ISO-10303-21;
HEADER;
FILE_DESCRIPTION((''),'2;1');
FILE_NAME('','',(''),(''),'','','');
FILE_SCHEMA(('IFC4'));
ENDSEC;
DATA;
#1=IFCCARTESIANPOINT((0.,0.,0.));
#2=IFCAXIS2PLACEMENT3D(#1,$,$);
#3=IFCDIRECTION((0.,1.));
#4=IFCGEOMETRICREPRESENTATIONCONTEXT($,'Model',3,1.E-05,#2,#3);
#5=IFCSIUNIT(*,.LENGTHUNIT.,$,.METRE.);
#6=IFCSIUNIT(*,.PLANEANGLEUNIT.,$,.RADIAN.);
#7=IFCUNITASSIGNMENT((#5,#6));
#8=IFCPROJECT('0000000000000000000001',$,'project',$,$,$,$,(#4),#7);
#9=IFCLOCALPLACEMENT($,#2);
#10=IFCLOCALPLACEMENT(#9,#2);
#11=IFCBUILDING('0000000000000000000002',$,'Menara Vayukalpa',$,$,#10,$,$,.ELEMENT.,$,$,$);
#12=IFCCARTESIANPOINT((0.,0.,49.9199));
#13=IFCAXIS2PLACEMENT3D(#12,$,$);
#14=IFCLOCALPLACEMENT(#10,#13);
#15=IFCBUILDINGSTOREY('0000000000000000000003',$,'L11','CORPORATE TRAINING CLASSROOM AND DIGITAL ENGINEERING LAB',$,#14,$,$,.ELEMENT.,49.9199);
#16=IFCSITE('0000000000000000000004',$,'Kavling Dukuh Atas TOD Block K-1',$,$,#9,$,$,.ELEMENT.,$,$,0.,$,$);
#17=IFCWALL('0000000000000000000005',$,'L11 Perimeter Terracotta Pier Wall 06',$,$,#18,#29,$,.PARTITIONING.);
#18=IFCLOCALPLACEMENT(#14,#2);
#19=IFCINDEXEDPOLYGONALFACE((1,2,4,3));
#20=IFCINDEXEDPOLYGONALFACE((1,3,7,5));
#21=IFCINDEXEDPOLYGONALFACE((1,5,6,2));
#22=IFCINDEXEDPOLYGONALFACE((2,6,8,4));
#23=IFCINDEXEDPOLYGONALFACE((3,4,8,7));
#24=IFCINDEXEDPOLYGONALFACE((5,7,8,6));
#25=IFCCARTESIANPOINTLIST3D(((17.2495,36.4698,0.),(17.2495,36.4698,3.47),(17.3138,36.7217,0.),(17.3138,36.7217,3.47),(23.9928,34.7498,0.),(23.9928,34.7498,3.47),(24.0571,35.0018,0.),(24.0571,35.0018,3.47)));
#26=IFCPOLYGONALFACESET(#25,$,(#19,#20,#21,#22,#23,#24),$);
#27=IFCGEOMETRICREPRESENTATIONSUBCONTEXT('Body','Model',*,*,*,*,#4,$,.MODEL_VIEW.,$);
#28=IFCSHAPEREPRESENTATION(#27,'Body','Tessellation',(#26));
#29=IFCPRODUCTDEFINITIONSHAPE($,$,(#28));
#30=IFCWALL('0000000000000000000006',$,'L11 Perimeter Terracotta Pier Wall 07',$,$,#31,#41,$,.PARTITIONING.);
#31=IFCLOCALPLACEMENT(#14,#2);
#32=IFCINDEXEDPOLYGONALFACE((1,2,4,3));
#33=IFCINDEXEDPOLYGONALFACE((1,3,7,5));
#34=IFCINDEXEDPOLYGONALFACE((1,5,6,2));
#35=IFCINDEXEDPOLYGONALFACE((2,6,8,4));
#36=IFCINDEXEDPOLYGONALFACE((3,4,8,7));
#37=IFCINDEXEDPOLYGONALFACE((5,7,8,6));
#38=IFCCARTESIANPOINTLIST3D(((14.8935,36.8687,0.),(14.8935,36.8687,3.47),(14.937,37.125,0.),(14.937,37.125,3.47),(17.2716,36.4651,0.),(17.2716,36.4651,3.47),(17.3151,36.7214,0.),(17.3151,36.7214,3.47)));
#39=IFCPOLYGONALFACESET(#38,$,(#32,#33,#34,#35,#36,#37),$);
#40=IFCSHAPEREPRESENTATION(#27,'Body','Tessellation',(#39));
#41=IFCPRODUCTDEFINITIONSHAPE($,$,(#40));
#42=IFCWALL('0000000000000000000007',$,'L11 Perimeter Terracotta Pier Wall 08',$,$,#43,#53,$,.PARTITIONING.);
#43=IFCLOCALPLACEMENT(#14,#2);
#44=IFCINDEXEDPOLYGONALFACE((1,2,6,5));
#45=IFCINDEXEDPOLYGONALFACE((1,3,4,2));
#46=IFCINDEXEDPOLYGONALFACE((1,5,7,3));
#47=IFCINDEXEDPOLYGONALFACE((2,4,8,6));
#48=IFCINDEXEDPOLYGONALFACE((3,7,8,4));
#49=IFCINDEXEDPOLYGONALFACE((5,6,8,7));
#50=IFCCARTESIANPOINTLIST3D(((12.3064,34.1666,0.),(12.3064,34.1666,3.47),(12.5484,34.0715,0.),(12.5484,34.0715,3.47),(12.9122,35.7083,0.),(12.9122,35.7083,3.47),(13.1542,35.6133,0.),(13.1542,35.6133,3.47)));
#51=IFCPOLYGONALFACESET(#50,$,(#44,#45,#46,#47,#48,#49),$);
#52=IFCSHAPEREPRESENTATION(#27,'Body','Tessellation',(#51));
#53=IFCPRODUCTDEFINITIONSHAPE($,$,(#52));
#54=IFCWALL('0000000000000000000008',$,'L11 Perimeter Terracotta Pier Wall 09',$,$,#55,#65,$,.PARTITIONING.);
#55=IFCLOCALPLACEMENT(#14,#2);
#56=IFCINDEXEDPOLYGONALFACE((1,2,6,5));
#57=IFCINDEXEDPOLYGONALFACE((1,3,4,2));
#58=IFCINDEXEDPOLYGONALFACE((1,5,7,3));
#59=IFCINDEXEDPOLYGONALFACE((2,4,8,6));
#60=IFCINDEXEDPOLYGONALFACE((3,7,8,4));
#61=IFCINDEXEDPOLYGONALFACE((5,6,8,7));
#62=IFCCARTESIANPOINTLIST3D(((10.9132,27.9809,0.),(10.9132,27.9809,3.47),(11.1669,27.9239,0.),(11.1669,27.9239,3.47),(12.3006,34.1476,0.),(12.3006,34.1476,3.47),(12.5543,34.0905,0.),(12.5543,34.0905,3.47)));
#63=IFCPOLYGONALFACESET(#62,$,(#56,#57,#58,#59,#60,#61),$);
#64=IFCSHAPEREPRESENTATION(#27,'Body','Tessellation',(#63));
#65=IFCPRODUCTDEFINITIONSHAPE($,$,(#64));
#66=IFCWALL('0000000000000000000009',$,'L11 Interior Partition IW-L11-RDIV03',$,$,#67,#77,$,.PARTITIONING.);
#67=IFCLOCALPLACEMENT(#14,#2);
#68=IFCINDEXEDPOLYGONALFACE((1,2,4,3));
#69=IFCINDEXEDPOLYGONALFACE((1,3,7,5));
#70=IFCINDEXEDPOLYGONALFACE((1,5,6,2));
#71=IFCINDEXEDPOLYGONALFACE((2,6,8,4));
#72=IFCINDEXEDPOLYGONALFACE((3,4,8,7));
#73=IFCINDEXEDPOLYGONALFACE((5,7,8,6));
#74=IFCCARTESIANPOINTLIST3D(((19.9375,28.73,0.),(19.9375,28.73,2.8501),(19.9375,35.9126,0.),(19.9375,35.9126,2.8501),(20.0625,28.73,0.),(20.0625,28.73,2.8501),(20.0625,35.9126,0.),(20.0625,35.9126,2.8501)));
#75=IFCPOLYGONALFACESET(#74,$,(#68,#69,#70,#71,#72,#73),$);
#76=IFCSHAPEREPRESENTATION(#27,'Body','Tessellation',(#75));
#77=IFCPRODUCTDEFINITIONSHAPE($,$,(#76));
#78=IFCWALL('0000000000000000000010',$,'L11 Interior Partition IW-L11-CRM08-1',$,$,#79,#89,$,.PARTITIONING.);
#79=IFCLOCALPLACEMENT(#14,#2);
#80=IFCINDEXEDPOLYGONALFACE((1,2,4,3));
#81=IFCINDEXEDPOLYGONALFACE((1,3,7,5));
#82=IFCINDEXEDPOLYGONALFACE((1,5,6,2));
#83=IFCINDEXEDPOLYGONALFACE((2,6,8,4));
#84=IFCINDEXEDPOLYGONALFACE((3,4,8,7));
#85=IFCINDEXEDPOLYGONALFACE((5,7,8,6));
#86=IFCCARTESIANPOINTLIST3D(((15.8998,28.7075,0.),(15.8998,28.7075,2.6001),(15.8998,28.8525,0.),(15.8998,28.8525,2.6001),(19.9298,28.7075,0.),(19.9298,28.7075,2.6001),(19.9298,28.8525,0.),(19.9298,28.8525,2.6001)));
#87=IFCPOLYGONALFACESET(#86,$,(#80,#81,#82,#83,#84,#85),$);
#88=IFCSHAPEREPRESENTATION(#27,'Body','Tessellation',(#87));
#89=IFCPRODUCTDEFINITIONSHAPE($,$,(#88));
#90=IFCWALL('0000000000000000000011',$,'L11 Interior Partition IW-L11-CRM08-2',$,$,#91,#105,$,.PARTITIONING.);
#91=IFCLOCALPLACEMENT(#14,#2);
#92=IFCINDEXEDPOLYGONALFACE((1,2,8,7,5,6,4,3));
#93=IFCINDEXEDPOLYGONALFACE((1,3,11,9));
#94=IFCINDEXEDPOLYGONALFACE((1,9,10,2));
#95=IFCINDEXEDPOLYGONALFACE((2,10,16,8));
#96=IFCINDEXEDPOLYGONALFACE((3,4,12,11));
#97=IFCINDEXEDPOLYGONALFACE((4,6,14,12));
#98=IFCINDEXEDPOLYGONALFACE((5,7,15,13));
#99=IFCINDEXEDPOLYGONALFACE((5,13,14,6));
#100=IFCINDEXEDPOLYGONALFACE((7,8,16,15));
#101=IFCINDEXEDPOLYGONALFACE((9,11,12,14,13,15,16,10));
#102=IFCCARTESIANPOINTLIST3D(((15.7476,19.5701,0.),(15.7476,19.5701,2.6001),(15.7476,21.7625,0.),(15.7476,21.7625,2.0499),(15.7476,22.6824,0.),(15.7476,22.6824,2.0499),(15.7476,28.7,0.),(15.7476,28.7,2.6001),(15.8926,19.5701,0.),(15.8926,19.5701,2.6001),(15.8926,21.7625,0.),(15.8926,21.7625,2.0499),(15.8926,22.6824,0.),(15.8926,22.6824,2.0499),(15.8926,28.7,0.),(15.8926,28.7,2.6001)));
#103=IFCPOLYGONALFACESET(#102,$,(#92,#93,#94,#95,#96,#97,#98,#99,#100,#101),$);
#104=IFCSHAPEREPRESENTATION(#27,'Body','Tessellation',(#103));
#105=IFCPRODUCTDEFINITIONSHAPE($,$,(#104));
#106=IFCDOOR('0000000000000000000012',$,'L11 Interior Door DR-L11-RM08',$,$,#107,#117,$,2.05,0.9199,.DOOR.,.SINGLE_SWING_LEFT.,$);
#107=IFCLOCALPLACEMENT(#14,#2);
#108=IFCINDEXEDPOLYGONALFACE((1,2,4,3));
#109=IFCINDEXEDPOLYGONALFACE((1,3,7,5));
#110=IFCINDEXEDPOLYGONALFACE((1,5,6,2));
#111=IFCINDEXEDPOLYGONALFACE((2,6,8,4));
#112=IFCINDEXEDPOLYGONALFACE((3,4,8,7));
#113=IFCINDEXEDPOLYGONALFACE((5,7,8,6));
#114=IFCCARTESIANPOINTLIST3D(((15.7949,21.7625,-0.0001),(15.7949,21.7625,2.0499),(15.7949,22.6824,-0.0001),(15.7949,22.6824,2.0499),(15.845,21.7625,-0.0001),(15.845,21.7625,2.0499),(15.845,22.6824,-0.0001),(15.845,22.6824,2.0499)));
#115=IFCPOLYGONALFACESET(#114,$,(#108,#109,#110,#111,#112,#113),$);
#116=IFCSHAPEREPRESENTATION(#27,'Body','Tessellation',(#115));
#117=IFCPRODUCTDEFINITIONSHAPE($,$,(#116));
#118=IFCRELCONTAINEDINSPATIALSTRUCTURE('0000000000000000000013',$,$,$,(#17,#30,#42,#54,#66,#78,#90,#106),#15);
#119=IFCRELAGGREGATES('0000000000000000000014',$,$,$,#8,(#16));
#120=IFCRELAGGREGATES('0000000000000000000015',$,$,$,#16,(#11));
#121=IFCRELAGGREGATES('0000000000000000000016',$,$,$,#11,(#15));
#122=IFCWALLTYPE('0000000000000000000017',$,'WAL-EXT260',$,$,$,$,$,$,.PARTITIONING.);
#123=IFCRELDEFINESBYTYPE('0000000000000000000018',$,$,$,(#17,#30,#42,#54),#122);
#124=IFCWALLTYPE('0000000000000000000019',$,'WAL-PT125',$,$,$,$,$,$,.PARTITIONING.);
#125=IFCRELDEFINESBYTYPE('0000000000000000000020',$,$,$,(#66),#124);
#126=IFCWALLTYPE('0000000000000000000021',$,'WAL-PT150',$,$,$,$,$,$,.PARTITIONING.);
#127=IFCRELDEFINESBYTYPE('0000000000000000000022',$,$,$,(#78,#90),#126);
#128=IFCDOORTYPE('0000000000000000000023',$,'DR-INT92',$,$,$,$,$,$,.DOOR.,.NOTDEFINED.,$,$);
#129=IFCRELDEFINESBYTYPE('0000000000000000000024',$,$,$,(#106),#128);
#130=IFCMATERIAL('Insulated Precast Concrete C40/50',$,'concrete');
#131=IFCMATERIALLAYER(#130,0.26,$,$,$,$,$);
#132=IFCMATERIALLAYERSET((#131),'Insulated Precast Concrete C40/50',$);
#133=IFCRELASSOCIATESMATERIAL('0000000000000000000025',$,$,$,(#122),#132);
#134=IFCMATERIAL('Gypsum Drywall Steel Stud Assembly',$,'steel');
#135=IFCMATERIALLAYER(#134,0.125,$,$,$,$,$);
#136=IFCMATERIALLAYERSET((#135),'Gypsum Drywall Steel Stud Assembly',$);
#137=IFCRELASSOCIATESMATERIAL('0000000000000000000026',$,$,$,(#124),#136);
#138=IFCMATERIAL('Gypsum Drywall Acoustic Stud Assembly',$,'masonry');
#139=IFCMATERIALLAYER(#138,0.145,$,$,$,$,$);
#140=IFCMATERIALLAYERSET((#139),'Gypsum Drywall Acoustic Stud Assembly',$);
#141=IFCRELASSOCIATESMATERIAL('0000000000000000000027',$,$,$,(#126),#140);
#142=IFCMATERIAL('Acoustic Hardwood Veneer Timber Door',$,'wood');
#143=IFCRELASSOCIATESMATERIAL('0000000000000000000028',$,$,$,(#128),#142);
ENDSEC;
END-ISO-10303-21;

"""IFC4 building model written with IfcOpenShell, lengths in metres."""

from ifc_helpers import new_model, si_unit, direction, frame, frame_2d, origin, place, context, subcontext, project, spatial, rectangle, extrude, material, layer, layer_set, type_object, element, fill, save


model = new_model("IFC4")

# Units and contexts
model_context = context("Model", 3, precision=1e-05, world=origin(), true_north=direction((0.0, 1.0)))
body_context = subcontext(model_context, "Body", "Model", "MODEL_VIEW")
ifc_project = project(units=[si_unit("LENGTHUNIT", "METRE"), si_unit("PLANEANGLEUNIT", "RADIAN")], contexts=[model_context])

# Site, building, storey
site_placement = place(None, origin())
site = spatial("IfcSite", under=ifc_project, at=site_placement, Name="Kavling Dukuh Atas TOD Block K-1", CompositionType="ELEMENT", RefElevation=0.0)
building_placement = place(site_placement, origin())
building = spatial("IfcBuilding", under=site, at=building_placement, Name="Menara Vayukalpa", CompositionType="ELEMENT")
storey_placement = place(building_placement, frame((0.0, 0.0, 49.9199)))
storey = spatial("IfcBuildingStorey", under=building, at=storey_placement, Name="L11", Description="CORPORATE TRAINING CLASSROOM AND DIGITAL ENGINEERING LAB", CompositionType="ELEMENT", Elevation=49.9199)

# Walls
ifc_material_1 = material(Name="Insulated Precast Concrete C40/50", Category="concrete")
ifc_layer_1 = layer(ifc_material_1, 0.26)
ifc_layer_set_1 = layer_set([ifc_layer_1], Name="Insulated Precast Concrete C40/50")
wall_type_1 = type_object("IfcWallType", Name="WAL-EXT260", PredefinedType="PARTITIONING", material=ifc_layer_set_1)
wall_1_placement = place(storey_placement, frame((17.2817, 36.5957, 0.0), z_axis=(0.0, 0.0, 1.0), x_axis=(0.968978, -0.247147, 0.0)))
element("IfcWall", 1, at=wall_1_placement, inside=storey, type_object=wall_type_1, Name="L11 Perimeter Terracotta Pier Wall 06", PredefinedType="PARTITIONING", context=body_context, shape_type="SweptSolid", body=[
    extrude(rectangle(XDim=6.9592, YDim=0.26, at=frame_2d((3.4795, 0.0))), origin(), (0.0, 0.0, 1.0), 3.47),
])
wall_2_placement = place(storey_placement, frame((14.9153, 36.9968, 0.0), z_axis=(0.0, 0.0, 1.0), x_axis=(0.985905, -0.167303, 0.0)))
element("IfcWall", 2, at=wall_2_placement, inside=storey, type_object=wall_type_1, Name="L11 Perimeter Terracotta Pier Wall 07", PredefinedType="PARTITIONING", context=body_context, shape_type="SweptSolid", body=[
    extrude(rectangle(XDim=2.4121, YDim=0.26, at=frame_2d((1.2061, 0.0))), origin(), (0.0, 0.0, 1.0), 3.47),
])
wall_3_placement = place(storey_placement, frame((12.4275, 34.1191, 0.0), z_axis=(0.0, 0.0, 1.0), x_axis=(0.365666, 0.930746, 0.0)))
element("IfcWall", 3, at=wall_3_placement, inside=storey, type_object=wall_type_1, Name="L11 Perimeter Terracotta Pier Wall 08", PredefinedType="PARTITIONING", context=body_context, shape_type="SweptSolid", body=[
    extrude(rectangle(XDim=1.6565, YDim=0.26, at=frame_2d((0.8281, 0.0))), origin(), (0.0, 0.0, 1.0), 3.47),
])
wall_4_placement = place(storey_placement, frame((11.04, 27.9524, 0.0), z_axis=(0.0, 0.0, 1.0), x_axis=(0.219502, 0.975612, 0.0)))
element("IfcWall", 4, at=wall_4_placement, inside=storey, type_object=wall_type_1, Name="L11 Perimeter Terracotta Pier Wall 09", PredefinedType="PARTITIONING", context=body_context, shape_type="SweptSolid", body=[
    extrude(rectangle(XDim=6.3208, YDim=0.26, at=frame_2d((3.1604, 0.0))), origin(), (0.0, 0.0, 1.0), 3.47),
])
ifc_material_2 = material(Name="Gypsum Drywall Steel Stud Assembly", Category="steel")
ifc_layer_2 = layer(ifc_material_2, 0.125)
ifc_layer_set_2 = layer_set([ifc_layer_2], Name="Gypsum Drywall Steel Stud Assembly")
wall_type_2 = type_object("IfcWallType", Name="WAL-PT125", PredefinedType="PARTITIONING", material=ifc_layer_set_2)
wall_5_placement = place(storey_placement, frame((20.0, 28.73, 0.0), z_axis=(0.0, 0.0, 1.0), x_axis=(0.0, 1.0, 0.0)))
element("IfcWall", 5, at=wall_5_placement, inside=storey, type_object=wall_type_2, Name="L11 Interior Partition IW-L11-RDIV03", PredefinedType="PARTITIONING", context=body_context, shape_type="SweptSolid", body=[
    extrude(rectangle(XDim=7.1826, YDim=0.125, at=frame_2d((3.5913, 0.0))), origin(), (0.0, 0.0, 1.0), 2.8501),
])
ifc_material_3 = material(Name="Gypsum Drywall Acoustic Stud Assembly", Category="masonry")
ifc_layer_3 = layer(ifc_material_3, 0.145)
ifc_layer_set_3 = layer_set([ifc_layer_3], Name="Gypsum Drywall Acoustic Stud Assembly")
wall_type_3 = type_object("IfcWallType", Name="WAL-PT150", PredefinedType="PARTITIONING", material=ifc_layer_set_3)
wall_6_placement = place(storey_placement, frame((19.9299, 28.78, 0.0), z_axis=(0.0, 0.0, 1.0), x_axis=(-1.0, 0.0, 0.0)))
element("IfcWall", 6, at=wall_6_placement, inside=storey, type_object=wall_type_3, Name="L11 Interior Partition IW-L11-CRM08-1", PredefinedType="PARTITIONING", context=body_context, shape_type="SweptSolid", body=[
    extrude(rectangle(XDim=4.03, YDim=0.145, at=frame_2d((2.0151, 0.0))), origin(), (0.0, 0.0, 1.0), 2.6001),
])

# Wall, opening, door
wall_7_placement = place(storey_placement, frame((15.8201, 28.7, 0.0), z_axis=(0.0, 0.0, 1.0), x_axis=(0.0, -1.0, 0.0)))
wall_7 = element("IfcWall", 7, at=wall_7_placement, inside=storey, type_object=wall_type_3, Name="L11 Interior Partition IW-L11-CRM08-2", PredefinedType="PARTITIONING", context=body_context, shape_type="SweptSolid", body=[
    extrude(rectangle(XDim=9.1299, YDim=0.145, at=frame_2d((4.5649, 0.0))), origin(), (0.0, 0.0, 1.0), 2.6001),
])
opening_placement = place(wall_7_placement, frame((6.0176, 0.0, 0.0)))
opening = element("IfcOpeningElement", 8, at=opening_placement, cuts=wall_7, PredefinedType="OPENING", context=body_context, shape_type="SweptSolid", body=[
    extrude(rectangle(XDim=0.9199, YDim=2.05, at=frame_2d((0.46, 1.0249))), frame((0.0, 0.0825, 0.0), z_axis=(0.0, -1.0, 0.0), x_axis=(1.0, 0.0, 0.0)), (0.0, 0.0, 1.0), 0.165),
])
ifc_material_4 = material(Name="Acoustic Hardwood Veneer Timber Door", Category="wood")
door_type = type_object("IfcDoorType", Name="DR-INT92", OperationType="NOTDEFINED", PredefinedType="DOOR", material=ifc_material_4)
door_placement = place(opening_placement, origin())
door = element("IfcDoor", 9, at=door_placement, inside=storey, type_object=door_type, Name="L11 Interior Door DR-L11-RM08", OperationType="SINGLE_SWING_LEFT", OverallHeight=2.05, OverallWidth=0.9199, PredefinedType="DOOR", context=body_context, shape_type="SweptSolid", body=[
    extrude(rectangle(XDim=0.9199, YDim=2.05, at=frame_2d((0.46, 1.0249))), frame((0.0, 0.0249, 0.0), z_axis=(0.0, -1.0, 0.0), x_axis=(1.0, 0.0, 0.0)), (0.0, 0.0, 1.0), 0.05),
])
fill(opening, door)

save(model, "model.ifc")
